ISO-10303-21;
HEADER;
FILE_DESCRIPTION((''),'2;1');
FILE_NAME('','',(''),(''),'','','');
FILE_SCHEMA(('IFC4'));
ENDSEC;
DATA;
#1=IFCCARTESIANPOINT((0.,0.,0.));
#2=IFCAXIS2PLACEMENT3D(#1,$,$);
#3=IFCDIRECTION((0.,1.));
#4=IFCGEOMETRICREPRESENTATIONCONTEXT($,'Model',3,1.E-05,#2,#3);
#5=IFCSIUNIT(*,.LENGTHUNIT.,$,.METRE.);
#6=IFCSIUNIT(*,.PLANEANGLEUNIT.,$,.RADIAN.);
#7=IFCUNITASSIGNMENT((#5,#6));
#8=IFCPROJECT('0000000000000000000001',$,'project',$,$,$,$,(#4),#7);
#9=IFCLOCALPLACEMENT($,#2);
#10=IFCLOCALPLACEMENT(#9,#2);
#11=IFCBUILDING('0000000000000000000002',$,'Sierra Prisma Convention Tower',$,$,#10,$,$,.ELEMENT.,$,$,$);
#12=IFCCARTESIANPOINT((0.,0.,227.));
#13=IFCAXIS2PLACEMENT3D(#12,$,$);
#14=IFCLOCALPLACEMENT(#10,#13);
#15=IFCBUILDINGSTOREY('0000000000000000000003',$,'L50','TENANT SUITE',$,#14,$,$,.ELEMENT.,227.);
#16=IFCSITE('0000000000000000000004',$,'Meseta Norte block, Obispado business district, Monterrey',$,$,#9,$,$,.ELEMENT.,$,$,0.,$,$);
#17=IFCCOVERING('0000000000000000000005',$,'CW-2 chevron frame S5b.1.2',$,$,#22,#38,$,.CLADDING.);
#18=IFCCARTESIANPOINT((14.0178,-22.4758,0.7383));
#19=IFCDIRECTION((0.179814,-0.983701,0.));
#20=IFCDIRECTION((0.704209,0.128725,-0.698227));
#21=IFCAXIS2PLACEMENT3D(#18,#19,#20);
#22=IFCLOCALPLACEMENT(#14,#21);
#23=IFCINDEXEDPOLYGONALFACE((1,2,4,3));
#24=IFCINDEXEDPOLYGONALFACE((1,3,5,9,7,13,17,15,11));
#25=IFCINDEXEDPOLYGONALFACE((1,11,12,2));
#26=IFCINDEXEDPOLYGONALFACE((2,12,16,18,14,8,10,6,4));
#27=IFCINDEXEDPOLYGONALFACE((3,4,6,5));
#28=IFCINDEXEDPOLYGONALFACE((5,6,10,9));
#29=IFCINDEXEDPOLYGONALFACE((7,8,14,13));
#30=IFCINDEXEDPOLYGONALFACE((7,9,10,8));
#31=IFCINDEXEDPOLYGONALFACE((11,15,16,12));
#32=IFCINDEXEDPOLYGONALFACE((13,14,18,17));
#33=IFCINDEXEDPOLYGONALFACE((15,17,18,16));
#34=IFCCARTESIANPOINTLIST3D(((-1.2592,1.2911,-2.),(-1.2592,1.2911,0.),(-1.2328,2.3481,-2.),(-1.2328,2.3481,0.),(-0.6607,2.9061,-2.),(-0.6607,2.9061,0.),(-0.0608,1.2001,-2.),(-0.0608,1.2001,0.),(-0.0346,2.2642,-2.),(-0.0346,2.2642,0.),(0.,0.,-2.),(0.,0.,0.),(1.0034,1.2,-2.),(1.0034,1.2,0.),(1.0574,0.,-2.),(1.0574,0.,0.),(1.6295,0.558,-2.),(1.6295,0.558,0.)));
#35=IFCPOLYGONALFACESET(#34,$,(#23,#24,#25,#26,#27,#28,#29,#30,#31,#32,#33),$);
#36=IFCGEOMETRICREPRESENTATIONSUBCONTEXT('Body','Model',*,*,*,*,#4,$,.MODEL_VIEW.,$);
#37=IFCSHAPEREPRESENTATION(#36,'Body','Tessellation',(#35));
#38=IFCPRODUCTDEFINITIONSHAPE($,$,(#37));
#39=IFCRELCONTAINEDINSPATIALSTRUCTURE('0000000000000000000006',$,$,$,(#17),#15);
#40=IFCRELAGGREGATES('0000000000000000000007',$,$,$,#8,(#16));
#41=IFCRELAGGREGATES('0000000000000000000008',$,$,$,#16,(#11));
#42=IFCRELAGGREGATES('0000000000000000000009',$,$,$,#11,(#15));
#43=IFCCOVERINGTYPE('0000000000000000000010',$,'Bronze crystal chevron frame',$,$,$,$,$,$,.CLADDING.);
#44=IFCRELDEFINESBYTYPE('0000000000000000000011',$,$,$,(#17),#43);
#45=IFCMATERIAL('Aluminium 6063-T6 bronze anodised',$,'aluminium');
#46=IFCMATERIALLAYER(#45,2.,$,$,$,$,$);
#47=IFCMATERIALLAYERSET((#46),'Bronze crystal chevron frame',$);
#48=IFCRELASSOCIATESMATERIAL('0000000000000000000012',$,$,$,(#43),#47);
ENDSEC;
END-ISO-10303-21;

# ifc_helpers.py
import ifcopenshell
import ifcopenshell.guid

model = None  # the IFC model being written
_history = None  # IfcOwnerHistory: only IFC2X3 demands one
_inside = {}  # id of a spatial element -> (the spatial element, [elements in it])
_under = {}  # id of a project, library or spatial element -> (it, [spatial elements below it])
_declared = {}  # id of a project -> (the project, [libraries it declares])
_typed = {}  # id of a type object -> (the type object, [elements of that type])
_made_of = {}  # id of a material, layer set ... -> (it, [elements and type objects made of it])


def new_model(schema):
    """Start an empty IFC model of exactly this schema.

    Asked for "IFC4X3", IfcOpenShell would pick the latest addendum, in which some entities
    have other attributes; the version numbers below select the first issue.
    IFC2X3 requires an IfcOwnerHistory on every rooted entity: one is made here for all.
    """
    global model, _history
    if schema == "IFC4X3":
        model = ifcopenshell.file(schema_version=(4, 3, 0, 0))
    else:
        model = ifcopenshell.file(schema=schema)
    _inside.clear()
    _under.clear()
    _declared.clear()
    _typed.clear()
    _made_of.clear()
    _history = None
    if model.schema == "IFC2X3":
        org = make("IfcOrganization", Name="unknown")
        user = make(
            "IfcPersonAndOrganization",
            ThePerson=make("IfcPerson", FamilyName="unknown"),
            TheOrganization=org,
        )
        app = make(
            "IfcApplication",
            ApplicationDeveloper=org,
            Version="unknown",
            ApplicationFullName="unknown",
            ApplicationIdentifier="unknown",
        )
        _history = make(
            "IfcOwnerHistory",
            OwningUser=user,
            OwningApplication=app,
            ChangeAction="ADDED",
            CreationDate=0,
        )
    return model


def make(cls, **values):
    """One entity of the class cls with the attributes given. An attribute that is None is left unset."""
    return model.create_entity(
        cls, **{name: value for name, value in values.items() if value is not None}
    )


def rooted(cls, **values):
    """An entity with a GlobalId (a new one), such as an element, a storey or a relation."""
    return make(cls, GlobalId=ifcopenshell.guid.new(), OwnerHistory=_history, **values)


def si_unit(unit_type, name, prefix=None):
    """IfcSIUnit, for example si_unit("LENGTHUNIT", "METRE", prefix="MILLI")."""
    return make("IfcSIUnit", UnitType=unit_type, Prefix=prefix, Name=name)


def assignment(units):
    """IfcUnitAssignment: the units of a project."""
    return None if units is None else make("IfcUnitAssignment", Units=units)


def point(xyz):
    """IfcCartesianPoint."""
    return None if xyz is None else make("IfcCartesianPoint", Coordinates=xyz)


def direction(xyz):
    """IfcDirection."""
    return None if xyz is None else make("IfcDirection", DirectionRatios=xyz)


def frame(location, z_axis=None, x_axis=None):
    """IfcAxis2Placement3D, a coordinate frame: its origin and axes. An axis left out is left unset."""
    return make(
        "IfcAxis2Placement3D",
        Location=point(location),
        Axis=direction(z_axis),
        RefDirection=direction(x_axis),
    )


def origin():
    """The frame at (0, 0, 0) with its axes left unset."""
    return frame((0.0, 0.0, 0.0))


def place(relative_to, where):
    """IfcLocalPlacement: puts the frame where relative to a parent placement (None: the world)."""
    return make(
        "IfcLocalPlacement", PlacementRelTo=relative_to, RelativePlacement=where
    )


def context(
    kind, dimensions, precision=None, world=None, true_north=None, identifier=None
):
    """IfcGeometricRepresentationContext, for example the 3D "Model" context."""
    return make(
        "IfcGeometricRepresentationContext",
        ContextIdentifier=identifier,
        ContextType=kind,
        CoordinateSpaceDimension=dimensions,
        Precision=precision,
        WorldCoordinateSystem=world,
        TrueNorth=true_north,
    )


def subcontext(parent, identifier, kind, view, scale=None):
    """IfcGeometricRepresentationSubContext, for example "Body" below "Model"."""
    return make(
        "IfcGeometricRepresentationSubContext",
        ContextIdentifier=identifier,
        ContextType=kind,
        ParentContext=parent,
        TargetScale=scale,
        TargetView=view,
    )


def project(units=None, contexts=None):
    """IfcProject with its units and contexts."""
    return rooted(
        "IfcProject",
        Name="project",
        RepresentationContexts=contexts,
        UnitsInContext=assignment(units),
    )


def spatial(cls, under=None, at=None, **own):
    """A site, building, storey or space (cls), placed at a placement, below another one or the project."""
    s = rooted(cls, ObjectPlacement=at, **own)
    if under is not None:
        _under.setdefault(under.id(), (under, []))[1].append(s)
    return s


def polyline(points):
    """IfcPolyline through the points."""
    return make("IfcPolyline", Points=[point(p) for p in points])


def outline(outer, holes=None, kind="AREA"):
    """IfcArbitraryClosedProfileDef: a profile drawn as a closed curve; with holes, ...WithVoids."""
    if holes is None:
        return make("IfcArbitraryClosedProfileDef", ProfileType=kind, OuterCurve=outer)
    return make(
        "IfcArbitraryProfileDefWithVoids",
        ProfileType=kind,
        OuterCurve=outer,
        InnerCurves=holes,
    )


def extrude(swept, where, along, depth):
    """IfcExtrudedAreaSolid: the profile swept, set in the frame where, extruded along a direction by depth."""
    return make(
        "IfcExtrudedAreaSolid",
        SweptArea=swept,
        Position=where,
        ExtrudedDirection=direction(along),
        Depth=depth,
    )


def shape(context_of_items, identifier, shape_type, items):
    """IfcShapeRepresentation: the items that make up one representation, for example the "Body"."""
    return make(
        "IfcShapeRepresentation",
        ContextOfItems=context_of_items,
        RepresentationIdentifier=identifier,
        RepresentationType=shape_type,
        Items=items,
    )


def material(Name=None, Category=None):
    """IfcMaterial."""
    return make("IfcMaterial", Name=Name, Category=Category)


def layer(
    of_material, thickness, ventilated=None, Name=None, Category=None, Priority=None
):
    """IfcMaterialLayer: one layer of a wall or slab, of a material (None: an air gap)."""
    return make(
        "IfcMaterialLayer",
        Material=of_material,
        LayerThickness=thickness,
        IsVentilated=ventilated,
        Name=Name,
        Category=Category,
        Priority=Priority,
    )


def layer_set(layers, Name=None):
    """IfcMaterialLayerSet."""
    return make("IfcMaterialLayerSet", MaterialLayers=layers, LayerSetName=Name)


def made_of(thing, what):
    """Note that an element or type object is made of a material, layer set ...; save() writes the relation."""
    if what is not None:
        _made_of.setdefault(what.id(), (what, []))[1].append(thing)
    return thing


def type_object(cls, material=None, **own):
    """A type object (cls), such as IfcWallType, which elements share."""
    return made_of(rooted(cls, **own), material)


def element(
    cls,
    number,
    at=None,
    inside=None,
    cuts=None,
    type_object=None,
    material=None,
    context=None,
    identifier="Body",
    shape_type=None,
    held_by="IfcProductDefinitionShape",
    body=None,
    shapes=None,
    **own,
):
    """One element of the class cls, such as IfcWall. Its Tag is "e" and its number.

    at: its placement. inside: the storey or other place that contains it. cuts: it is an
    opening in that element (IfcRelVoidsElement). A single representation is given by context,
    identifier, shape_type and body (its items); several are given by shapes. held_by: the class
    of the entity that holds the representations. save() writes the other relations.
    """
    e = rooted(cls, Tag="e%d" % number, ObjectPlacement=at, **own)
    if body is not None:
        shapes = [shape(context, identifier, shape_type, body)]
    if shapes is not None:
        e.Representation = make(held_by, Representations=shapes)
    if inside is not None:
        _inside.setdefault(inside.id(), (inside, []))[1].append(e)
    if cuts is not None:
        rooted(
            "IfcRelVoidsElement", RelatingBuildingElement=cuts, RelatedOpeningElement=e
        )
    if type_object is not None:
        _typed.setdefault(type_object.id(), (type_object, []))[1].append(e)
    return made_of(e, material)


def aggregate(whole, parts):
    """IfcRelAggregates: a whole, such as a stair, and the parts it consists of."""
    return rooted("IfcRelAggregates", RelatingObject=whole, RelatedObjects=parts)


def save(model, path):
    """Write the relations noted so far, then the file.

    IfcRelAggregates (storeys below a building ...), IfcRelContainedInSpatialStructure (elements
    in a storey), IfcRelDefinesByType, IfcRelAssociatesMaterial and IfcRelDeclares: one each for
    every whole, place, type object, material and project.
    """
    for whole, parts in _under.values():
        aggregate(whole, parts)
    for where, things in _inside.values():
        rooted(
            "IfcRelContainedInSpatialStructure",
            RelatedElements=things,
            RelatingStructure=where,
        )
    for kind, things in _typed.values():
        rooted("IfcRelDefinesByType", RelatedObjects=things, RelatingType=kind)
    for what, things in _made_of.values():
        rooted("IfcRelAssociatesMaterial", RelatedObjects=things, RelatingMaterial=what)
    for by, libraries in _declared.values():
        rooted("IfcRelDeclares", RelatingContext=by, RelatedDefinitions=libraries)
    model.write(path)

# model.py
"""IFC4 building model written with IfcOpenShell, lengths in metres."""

from ifc_helpers import new_model, si_unit, direction, frame, origin, place, context, subcontext, project, spatial, polyline, outline, extrude, material, layer, layer_set, type_object, element, save


model = new_model("IFC4")

# Units and contexts
model_context = context("Model", 3, precision=1e-05, world=origin(), true_north=direction((0.0, 1.0)))
body_context = subcontext(model_context, "Body", "Model", "MODEL_VIEW")
ifc_project = project(units=[si_unit("LENGTHUNIT", "METRE"), si_unit("PLANEANGLEUNIT", "RADIAN")], contexts=[model_context])

# Site, building, storey
site_placement = place(None, origin())
site = spatial("IfcSite", under=ifc_project, at=site_placement, Name="Meseta Norte block, Obispado business district, Monterrey", CompositionType="ELEMENT", RefElevation=0.0)
building_placement = place(site_placement, origin())
building = spatial("IfcBuilding", under=site, at=building_placement, Name="Sierra Prisma Convention Tower", CompositionType="ELEMENT")
storey_placement = place(building_placement, frame((0.0, 0.0, 227.0)))
storey = spatial("IfcBuildingStorey", under=building, at=storey_placement, Name="L50", Description="TENANT SUITE", CompositionType="ELEMENT", Elevation=227.0)

# Covering
ifc_material_1 = material(Name="Aluminium 6063-T6 bronze anodised", Category="aluminium")
ifc_layer_1 = layer(ifc_material_1, 2.0)
ifc_layer_set_1 = layer_set([ifc_layer_1], Name="Bronze crystal chevron frame")
covering_type = type_object("IfcCoveringType", Name="Bronze crystal chevron frame", PredefinedType="CLADDING", material=ifc_layer_set_1)
covering_1_placement = place(storey_placement, frame((14.0178, -22.4758, 0.7383), z_axis=(0.179814, -0.983701, 0.0), x_axis=(0.704209, 0.128725, -0.698227)))
element("IfcCovering", 1, at=covering_1_placement, inside=storey, type_object=covering_type, Name="CW-2 chevron frame S5b.1.2", PredefinedType="CLADDING", context=body_context, shape_type="SweptSolid", body=[
    extrude(outline(polyline([(0.0, 0.0), (1.0574, 0.0), (1.6295, 0.558), (1.0034, 1.2), (-0.0608, 1.2001), (-0.0346, 2.2642), (-0.6607, 2.9061), (-1.2328, 2.3481), (-1.2592, 1.2911), (0.0, 0.0)])), origin(), (0.0, 0.0, -1.0), 2.0),
])

save(model, "model.ifc")
